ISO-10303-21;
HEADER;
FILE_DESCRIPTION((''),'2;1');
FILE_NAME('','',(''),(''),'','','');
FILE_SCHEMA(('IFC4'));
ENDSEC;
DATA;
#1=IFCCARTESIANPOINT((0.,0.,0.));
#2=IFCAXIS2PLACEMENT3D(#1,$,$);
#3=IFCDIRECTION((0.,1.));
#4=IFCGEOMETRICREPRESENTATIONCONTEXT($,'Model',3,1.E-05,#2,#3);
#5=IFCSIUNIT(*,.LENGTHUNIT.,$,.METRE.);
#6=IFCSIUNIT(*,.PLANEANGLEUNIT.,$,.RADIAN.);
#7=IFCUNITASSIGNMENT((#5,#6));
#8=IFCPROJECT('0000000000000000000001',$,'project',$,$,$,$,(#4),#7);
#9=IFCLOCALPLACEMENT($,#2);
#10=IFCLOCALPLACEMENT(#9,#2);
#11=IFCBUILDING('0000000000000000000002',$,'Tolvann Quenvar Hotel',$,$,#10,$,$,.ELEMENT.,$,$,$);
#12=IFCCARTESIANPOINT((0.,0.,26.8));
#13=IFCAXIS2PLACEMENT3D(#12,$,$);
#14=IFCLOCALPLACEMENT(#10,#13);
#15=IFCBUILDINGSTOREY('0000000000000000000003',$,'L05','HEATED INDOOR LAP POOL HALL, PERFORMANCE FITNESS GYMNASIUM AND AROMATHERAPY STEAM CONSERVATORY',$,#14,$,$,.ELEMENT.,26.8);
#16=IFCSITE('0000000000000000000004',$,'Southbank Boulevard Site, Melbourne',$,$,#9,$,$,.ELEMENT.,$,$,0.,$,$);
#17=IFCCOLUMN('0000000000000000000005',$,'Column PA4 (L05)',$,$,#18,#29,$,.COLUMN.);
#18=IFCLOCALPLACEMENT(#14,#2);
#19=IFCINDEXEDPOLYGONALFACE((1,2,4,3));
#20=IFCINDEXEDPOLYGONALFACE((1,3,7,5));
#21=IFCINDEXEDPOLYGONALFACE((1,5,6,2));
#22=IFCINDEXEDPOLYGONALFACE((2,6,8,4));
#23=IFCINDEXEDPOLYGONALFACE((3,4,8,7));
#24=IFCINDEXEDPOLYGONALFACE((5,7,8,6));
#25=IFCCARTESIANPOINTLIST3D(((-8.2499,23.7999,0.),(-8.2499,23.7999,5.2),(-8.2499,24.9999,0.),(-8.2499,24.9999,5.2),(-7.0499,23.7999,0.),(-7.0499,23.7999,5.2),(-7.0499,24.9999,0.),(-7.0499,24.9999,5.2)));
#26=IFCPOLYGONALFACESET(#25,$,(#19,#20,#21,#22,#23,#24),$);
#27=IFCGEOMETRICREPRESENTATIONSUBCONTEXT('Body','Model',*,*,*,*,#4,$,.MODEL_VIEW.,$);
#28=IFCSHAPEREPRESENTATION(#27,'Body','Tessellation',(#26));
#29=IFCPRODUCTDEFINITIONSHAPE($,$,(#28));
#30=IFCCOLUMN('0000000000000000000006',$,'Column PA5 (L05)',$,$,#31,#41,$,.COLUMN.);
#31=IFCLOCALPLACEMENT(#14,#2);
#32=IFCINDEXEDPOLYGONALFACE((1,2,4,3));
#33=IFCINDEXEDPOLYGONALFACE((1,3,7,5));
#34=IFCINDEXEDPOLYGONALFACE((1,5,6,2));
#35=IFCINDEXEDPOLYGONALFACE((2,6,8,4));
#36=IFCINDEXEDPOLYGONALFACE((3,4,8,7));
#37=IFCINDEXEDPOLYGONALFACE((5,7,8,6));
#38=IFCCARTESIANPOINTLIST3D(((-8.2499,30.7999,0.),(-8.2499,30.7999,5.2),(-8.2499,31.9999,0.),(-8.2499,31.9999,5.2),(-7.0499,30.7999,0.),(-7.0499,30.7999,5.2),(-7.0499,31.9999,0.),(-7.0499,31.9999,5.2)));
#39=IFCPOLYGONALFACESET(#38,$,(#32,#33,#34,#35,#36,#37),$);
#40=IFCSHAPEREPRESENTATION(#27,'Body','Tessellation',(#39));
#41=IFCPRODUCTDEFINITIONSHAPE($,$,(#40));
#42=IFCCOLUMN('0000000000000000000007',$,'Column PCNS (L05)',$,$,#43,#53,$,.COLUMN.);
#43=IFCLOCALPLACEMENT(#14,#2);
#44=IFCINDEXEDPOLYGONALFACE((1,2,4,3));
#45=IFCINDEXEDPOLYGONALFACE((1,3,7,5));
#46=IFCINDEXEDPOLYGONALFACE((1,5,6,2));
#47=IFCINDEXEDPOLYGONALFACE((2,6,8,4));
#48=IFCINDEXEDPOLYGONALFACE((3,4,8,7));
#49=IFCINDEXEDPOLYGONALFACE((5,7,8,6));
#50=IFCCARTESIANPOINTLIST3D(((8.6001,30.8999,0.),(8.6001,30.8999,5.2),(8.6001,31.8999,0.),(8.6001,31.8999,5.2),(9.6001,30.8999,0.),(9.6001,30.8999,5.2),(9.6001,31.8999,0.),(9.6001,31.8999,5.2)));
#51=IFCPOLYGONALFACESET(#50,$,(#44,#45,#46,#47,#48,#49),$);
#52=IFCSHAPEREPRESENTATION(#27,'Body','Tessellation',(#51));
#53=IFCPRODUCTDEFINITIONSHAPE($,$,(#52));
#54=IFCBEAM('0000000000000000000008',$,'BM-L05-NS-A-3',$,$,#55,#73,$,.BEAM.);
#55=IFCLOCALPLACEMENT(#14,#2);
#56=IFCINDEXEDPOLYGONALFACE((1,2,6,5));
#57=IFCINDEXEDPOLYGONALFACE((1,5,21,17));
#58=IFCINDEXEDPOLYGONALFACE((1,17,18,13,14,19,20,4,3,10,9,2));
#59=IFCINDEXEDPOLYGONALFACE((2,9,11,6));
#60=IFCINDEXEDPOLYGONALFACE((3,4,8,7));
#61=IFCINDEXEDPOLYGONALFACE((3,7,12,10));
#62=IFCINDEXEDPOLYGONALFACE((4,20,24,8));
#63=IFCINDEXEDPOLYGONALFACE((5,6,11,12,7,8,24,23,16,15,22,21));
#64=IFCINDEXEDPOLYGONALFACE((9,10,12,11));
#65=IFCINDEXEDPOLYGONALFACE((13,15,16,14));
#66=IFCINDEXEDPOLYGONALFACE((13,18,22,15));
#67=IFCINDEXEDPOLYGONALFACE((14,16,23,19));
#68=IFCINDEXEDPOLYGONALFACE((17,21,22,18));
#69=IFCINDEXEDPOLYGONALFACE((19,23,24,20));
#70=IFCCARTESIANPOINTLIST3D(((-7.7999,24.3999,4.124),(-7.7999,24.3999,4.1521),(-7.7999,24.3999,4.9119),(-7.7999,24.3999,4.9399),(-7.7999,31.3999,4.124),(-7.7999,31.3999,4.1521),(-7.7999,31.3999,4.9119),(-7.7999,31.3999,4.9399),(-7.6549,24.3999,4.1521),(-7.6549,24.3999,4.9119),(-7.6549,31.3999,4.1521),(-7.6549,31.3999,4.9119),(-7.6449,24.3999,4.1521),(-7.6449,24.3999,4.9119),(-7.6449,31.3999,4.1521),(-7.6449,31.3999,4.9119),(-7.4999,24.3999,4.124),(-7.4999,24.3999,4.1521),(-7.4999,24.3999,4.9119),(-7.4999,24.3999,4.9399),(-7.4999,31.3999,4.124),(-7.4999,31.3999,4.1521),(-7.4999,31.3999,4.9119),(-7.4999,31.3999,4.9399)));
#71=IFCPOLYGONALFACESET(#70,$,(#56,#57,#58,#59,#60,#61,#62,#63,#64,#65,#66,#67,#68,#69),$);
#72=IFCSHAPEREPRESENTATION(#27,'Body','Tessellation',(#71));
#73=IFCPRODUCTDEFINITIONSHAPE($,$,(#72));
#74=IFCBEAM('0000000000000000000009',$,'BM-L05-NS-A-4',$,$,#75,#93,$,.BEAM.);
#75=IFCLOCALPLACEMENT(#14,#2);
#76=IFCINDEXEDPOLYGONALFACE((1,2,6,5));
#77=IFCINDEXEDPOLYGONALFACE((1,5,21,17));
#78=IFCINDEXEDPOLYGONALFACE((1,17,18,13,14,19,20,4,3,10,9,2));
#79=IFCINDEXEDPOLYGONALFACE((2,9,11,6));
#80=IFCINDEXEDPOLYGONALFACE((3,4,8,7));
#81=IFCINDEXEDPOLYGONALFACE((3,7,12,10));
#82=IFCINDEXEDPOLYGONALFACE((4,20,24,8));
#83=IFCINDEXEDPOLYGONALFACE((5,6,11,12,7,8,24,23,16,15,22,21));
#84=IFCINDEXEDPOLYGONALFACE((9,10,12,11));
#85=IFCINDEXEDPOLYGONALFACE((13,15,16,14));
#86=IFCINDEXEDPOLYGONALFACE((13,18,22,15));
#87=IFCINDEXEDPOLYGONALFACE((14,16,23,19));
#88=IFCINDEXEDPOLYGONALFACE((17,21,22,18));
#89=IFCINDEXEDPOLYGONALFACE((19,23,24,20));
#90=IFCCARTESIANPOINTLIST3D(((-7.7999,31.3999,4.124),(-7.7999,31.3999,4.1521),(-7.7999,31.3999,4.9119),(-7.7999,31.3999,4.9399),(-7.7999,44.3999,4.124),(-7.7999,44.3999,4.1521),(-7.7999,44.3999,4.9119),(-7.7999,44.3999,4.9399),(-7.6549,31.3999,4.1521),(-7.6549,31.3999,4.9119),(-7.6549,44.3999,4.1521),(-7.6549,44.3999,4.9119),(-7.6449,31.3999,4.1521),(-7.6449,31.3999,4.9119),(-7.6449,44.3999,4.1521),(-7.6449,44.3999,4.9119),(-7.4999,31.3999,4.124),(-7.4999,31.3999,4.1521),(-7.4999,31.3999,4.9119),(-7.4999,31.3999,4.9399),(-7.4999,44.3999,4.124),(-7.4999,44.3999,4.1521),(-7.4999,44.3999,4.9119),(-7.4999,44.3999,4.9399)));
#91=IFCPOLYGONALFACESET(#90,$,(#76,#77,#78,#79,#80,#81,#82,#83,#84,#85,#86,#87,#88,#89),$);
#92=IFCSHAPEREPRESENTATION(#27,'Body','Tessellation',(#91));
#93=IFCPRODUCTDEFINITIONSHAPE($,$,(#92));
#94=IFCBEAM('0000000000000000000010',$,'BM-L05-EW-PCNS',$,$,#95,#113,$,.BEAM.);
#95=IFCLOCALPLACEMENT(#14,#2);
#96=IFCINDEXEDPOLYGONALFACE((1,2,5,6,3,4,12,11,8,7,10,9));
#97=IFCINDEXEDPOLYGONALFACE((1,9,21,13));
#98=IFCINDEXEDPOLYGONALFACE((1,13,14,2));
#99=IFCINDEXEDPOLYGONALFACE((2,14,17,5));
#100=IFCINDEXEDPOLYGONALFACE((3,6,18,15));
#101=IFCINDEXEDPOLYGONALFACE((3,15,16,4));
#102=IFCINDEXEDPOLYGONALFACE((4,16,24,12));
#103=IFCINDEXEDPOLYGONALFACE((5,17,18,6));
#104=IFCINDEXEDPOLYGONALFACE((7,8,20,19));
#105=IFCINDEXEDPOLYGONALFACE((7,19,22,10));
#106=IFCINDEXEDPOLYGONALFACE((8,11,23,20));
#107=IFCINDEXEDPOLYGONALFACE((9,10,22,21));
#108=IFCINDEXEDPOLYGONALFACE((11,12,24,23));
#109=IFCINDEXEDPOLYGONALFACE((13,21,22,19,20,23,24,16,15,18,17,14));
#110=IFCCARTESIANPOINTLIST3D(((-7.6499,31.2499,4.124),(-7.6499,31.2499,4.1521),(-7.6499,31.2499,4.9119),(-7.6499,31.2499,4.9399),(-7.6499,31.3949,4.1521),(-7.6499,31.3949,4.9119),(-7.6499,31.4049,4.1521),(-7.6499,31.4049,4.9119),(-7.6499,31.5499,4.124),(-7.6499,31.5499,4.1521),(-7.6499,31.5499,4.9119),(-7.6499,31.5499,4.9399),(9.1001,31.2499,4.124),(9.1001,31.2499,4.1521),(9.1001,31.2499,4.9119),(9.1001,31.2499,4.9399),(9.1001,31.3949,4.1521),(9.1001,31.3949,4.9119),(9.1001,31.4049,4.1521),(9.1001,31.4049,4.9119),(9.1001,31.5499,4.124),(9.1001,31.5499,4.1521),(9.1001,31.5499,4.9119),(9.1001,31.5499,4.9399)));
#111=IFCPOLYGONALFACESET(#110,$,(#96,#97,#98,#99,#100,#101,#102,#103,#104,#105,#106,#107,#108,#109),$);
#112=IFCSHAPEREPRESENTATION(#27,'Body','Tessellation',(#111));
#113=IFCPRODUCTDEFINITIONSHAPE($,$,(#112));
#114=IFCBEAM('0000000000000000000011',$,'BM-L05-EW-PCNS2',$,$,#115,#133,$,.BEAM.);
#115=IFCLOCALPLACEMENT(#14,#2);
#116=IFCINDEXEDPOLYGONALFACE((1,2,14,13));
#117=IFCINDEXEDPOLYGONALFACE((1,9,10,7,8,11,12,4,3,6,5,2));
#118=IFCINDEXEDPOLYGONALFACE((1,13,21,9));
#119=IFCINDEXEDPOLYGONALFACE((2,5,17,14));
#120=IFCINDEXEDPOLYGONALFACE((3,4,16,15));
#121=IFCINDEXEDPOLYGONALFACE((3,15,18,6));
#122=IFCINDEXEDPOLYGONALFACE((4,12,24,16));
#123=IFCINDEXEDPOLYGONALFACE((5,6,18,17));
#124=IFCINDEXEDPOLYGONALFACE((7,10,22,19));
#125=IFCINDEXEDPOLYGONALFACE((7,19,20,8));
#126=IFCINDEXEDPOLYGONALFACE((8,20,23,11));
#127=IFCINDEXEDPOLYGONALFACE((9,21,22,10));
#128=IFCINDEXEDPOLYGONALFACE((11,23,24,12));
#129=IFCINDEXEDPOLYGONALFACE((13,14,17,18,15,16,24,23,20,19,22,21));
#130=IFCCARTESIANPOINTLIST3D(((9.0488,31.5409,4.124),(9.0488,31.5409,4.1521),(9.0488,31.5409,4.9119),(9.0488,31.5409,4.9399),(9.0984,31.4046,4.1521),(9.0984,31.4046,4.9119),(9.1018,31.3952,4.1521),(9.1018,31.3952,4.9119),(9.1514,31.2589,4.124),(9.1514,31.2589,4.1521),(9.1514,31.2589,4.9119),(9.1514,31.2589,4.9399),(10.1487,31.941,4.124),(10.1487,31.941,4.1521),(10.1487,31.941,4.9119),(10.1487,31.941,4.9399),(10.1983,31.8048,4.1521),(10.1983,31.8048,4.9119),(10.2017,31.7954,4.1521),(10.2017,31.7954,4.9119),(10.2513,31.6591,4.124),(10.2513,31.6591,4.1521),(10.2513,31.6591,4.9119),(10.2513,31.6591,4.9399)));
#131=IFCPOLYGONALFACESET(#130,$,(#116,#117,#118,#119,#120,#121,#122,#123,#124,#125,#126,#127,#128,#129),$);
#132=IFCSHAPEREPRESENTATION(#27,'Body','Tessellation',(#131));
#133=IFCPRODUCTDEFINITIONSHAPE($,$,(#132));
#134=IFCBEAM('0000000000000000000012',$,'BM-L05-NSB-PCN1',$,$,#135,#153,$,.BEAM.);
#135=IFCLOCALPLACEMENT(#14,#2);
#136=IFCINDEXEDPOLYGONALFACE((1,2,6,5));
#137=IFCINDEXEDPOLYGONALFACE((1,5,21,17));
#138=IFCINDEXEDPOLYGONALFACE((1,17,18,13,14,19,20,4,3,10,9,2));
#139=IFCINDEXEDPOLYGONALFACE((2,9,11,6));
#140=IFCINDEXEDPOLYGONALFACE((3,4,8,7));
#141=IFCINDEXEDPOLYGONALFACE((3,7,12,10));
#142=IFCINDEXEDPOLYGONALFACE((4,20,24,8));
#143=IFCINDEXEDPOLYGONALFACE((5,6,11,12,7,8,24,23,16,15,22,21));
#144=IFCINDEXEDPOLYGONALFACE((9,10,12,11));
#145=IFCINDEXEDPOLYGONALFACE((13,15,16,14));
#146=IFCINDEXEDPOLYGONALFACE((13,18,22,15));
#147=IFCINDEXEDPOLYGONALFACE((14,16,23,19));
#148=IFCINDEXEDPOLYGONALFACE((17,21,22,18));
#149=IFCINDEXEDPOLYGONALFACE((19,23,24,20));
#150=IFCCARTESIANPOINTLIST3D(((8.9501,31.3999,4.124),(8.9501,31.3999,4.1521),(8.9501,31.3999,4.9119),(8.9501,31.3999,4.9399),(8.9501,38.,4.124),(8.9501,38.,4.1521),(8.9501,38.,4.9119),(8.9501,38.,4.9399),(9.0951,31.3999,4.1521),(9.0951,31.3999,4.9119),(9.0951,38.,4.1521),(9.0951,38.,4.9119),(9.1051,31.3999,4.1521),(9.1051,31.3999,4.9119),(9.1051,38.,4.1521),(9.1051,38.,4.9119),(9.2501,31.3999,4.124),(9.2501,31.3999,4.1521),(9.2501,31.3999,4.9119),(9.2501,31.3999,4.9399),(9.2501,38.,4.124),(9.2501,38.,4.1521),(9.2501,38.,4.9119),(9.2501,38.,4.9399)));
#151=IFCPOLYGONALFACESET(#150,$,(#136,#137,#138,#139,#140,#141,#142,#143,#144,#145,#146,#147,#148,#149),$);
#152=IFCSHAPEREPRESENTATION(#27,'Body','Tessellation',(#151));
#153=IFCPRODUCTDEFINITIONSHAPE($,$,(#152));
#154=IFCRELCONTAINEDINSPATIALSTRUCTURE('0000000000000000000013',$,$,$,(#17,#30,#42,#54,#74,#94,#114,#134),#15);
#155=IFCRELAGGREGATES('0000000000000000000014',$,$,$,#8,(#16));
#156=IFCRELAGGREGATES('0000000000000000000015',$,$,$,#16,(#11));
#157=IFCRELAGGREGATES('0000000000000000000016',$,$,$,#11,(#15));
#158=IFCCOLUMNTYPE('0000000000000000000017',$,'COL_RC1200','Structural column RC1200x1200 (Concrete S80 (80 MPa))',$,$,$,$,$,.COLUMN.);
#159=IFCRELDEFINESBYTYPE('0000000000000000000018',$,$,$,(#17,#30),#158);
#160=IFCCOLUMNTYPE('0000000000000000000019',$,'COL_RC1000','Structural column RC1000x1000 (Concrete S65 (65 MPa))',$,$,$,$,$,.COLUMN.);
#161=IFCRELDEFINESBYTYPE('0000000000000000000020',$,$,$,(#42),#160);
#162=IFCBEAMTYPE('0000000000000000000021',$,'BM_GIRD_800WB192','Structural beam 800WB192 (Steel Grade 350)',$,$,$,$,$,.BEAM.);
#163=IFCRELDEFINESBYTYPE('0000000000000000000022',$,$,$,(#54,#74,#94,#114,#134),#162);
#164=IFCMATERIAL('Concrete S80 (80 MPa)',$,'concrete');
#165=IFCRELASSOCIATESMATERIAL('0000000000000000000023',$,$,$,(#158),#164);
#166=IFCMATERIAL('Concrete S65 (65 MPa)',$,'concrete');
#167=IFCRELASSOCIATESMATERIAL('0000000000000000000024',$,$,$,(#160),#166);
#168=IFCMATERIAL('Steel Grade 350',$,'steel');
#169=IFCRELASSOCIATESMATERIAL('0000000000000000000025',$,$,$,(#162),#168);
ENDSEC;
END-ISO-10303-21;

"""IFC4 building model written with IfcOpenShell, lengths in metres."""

from ifc_helpers import new_model, si_unit, direction, frame, origin, origin_2d, place, context, subcontext, project, spatial, rectangle, i_section, extrude, source, transform, mapped, material, material_profile, profile_set, type_object, type_shapes, element, save


model = new_model("IFC4")

# Units and contexts
model_context = context("Model", 3, precision=1e-05, world=origin(), true_north=direction((0.0, 1.0)))
body_context = subcontext(model_context, "Body", "Model", "MODEL_VIEW")
ifc_project = project(units=[si_unit("LENGTHUNIT", "METRE"), si_unit("PLANEANGLEUNIT", "RADIAN")], contexts=[model_context])

# Site, building, storey
site_placement = place(None, origin())
site = spatial("IfcSite", under=ifc_project, at=site_placement, Name="Southbank Boulevard Site, Melbourne", CompositionType="ELEMENT", RefElevation=0.0)
building_placement = place(site_placement, origin())
building = spatial("IfcBuilding", under=site, at=building_placement, Name="Tolvann Quenvar Hotel", CompositionType="ELEMENT")
storey_placement = place(building_placement, frame((0.0, 0.0, 26.8)))
storey = spatial("IfcBuildingStorey", under=building, at=storey_placement, Name="L05", Description="HEATED INDOOR LAP POOL HALL, PERFORMANCE FITNESS GYMNASIUM AND AROMATHERAPY STEAM CONSERVATORY", CompositionType="ELEMENT", Elevation=26.8)

# Columns
ifc_material_1 = material(Name="Concrete S80 (80 MPa)", Category="concrete")
ifc_material_profile_1 = material_profile(ifc_material_1, rectangle(XDim=1.2, YDim=1.2, at=origin_2d()), Name="RC1200x1200")
ifc_profile_set_1 = profile_set([ifc_material_profile_1], Name="Concrete S80 (80 MPa)")
column_type_1 = type_object("IfcColumnType", Name="COL_RC1200", Description="Structural column RC1200x1200 (Concrete S80 (80 MPa))", PredefinedType="COLUMN", material=ifc_profile_set_1)
shared_shape_1 = source(origin(), body_context, "Body", "SweptSolid", [
    extrude(rectangle(XDim=1.2, YDim=1.2, at=origin_2d()), origin(), (0.0, 0.0, 1.0), 5.2),
])
type_shapes(column_type_1, [shared_shape_1])
for number, where, z_axis, x_axis, name in (
    (1, (-7.6499, 24.3999, 0.0), (0.0, 0.0, 1.0), (1.0, 0.0, 0.0), "Column PA4 (L05)"),
    (2, (-7.6499, 31.3999, 0.0), (0.0, 0.0, 1.0), (1.0, 0.0, 0.0), "Column PA5 (L05)"),
):
    element("IfcColumn", number, at=place(storey_placement, frame(where, z_axis=z_axis, x_axis=x_axis)), inside=storey, type_object=column_type_1, Name=name, PredefinedType="COLUMN", context=body_context, shape_type="MappedRepresentation", body=[
        mapped(shared_shape_1, transform((0.0, 0.0, 0.0), x_axis=(1.0, 0.0, 0.0), y_axis=(0.0, 1.0, 0.0), z_axis=(0.0, 0.0, 1.0), scale=1.0)),
    ])
ifc_material_2 = material(Name="Concrete S65 (65 MPa)", Category="concrete")
ifc_material_profile_2 = material_profile(ifc_material_2, rectangle(XDim=1.0, YDim=1.0, at=origin_2d()), Name="RC1000x1000")
ifc_profile_set_2 = profile_set([ifc_material_profile_2], Name="Concrete S65 (65 MPa)")
column_type_2 = type_object("IfcColumnType", Name="COL_RC1000", Description="Structural column RC1000x1000 (Concrete S65 (65 MPa))", PredefinedType="COLUMN", material=ifc_profile_set_2)
shared_shape_2 = source(origin(), body_context, "Body", "SweptSolid", [
    extrude(rectangle(XDim=1.0, YDim=1.0, at=origin_2d()), origin(), (0.0, 0.0, 1.0), 5.2),
])
type_shapes(column_type_2, [shared_shape_2])
column_placement = place(storey_placement, frame((9.1001, 31.3999, 0.0), z_axis=(0.0, 0.0, 1.0), x_axis=(1.0, 0.0, 0.0)))
element("IfcColumn", 3, at=column_placement, inside=storey, type_object=column_type_2, Name="Column PCNS (L05)", PredefinedType="COLUMN", context=body_context, shape_type="MappedRepresentation", body=[
    mapped(shared_shape_2, transform((0.0, 0.0, 0.0), x_axis=(1.0, 0.0, 0.0), y_axis=(0.0, 1.0, 0.0), z_axis=(0.0, 0.0, 1.0), scale=1.0)),
])

# Beams
ifc_material_3 = material(Name="Steel Grade 350", Category="steel")
ifc_material_profile_3 = material_profile(ifc_material_3, i_section(OverallWidth=0.3, OverallDepth=0.8159, WebThickness=0.01, FlangeThickness=0.0281, at=origin_2d()), Name="800WB192")
ifc_profile_set_3 = profile_set([ifc_material_profile_3], Name="Steel Grade 350")
beam_type_1 = type_object("IfcBeamType", Name="BM_GIRD_800WB192", Description="Structural beam 800WB192 (Steel Grade 350)", PredefinedType="BEAM", material=ifc_profile_set_3)
shared_shape_3 = source(origin(), body_context, "Body", "SweptSolid", [
    extrude(i_section(OverallWidth=0.3, OverallDepth=0.8159, WebThickness=0.01, FlangeThickness=0.0281, at=origin_2d()), origin(), (0.0, 0.0, 1.0), 7.0),
])
beam_1_placement = place(storey_placement, frame((-7.6499, 24.3999, 4.532), z_axis=(0.0, 1.0, 0.0), x_axis=(-1.0, 0.0, 0.0)))
element("IfcBeam", 4, at=beam_1_placement, inside=storey, type_object=beam_type_1, Name="BM-L05-NS-A-3", PredefinedType="BEAM", context=body_context, shape_type="MappedRepresentation", body=[
    mapped(shared_shape_3, transform((0.0, 0.0, 0.0), x_axis=(1.0, 0.0, 0.0), y_axis=(0.0, 1.0, 0.0), z_axis=(0.0, 0.0, 1.0), scale=1.0)),
])
shared_shape_4 = source(origin(), body_context, "Body", "SweptSolid", [
    extrude(i_section(OverallWidth=0.3, OverallDepth=0.8159, WebThickness=0.01, FlangeThickness=0.0281, at=origin_2d()), origin(), (0.0, 0.0, 1.0), 13.0),
])
beam_2_placement = place(storey_placement, frame((-7.6499, 31.3999, 4.532), z_axis=(0.0, 1.0, 0.0), x_axis=(-1.0, 0.0, 0.0)))
element("IfcBeam", 5, at=beam_2_placement, inside=storey, type_object=beam_type_1, Name="BM-L05-NS-A-4", PredefinedType="BEAM", context=body_context, shape_type="MappedRepresentation", body=[
    mapped(shared_shape_4, transform((0.0, 0.0, 0.0), x_axis=(1.0, 0.0, 0.0), y_axis=(0.0, 1.0, 0.0), z_axis=(0.0, 0.0, 1.0), scale=1.0)),
])
shared_shape_5 = source(origin(), body_context, "Body", "SweptSolid", [
    extrude(i_section(OverallWidth=0.3, OverallDepth=0.8159, WebThickness=0.01, FlangeThickness=0.0281, at=origin_2d()), origin(), (0.0, 0.0, 1.0), 16.75),
])
beam_3_placement = place(storey_placement, frame((-7.6499, 31.3999, 4.532), z_axis=(1.0, 0.0, 0.0), x_axis=(0.0, 1.0, 0.0)))
element("IfcBeam", 6, at=beam_3_placement, inside=storey, type_object=beam_type_1, Name="BM-L05-EW-PCNS", PredefinedType="BEAM", context=body_context, shape_type="MappedRepresentation", body=[
    mapped(shared_shape_5, transform((0.0, 0.0, 0.0), x_axis=(1.0, 0.0, 0.0), y_axis=(0.0, 1.0, 0.0), z_axis=(0.0, 0.0, 1.0), scale=1.0)),
])
shared_shape_6 = source(origin(), body_context, "Body", "SweptSolid", [
    extrude(i_section(OverallWidth=0.3, OverallDepth=0.8159, WebThickness=0.01, FlangeThickness=0.0281, at=origin_2d()), origin(), (0.0, 0.0, 1.0), 1.1704),
])
beam_4_placement = place(storey_placement, frame((9.1001, 31.3999, 4.532), z_axis=(0.939739, 0.341894, 0.0), x_axis=(-0.341894, 0.939739, 0.0)))
element("IfcBeam", 7, at=beam_4_placement, inside=storey, type_object=beam_type_1, Name="BM-L05-EW-PCNS2", PredefinedType="BEAM", context=body_context, shape_type="MappedRepresentation", body=[
    mapped(shared_shape_6, transform((0.0, 0.0, 0.0), x_axis=(1.0, 0.0, 0.0), y_axis=(0.0, 1.0, 0.0), z_axis=(0.0, 0.0, 1.0), scale=1.0)),
])
shared_shape_7 = source(origin(), body_context, "Body", "SweptSolid", [
    extrude(i_section(OverallWidth=0.3, OverallDepth=0.8159, WebThickness=0.01, FlangeThickness=0.0281, at=origin_2d()), origin(), (0.0, 0.0, 1.0), 6.6001),
])
type_shapes(beam_type_1, [shared_shape_3, shared_shape_4, shared_shape_5, shared_shape_6, shared_shape_7])
beam_5_placement = place(storey_placement, frame((9.1001, 31.3999, 4.532), z_axis=(0.0, 1.0, 0.0), x_axis=(-1.0, 0.0, 0.0)))
element("IfcBeam", 8, at=beam_5_placement, inside=storey, type_object=beam_type_1, Name="BM-L05-NSB-PCN1", PredefinedType="BEAM", context=body_context, shape_type="MappedRepresentation", body=[
    mapped(shared_shape_7, transform((0.0, 0.0, 0.0), x_axis=(1.0, 0.0, 0.0), y_axis=(0.0, 1.0, 0.0), z_axis=(0.0, 0.0, 1.0), scale=1.0)),
])

save(model, "model.ifc")
